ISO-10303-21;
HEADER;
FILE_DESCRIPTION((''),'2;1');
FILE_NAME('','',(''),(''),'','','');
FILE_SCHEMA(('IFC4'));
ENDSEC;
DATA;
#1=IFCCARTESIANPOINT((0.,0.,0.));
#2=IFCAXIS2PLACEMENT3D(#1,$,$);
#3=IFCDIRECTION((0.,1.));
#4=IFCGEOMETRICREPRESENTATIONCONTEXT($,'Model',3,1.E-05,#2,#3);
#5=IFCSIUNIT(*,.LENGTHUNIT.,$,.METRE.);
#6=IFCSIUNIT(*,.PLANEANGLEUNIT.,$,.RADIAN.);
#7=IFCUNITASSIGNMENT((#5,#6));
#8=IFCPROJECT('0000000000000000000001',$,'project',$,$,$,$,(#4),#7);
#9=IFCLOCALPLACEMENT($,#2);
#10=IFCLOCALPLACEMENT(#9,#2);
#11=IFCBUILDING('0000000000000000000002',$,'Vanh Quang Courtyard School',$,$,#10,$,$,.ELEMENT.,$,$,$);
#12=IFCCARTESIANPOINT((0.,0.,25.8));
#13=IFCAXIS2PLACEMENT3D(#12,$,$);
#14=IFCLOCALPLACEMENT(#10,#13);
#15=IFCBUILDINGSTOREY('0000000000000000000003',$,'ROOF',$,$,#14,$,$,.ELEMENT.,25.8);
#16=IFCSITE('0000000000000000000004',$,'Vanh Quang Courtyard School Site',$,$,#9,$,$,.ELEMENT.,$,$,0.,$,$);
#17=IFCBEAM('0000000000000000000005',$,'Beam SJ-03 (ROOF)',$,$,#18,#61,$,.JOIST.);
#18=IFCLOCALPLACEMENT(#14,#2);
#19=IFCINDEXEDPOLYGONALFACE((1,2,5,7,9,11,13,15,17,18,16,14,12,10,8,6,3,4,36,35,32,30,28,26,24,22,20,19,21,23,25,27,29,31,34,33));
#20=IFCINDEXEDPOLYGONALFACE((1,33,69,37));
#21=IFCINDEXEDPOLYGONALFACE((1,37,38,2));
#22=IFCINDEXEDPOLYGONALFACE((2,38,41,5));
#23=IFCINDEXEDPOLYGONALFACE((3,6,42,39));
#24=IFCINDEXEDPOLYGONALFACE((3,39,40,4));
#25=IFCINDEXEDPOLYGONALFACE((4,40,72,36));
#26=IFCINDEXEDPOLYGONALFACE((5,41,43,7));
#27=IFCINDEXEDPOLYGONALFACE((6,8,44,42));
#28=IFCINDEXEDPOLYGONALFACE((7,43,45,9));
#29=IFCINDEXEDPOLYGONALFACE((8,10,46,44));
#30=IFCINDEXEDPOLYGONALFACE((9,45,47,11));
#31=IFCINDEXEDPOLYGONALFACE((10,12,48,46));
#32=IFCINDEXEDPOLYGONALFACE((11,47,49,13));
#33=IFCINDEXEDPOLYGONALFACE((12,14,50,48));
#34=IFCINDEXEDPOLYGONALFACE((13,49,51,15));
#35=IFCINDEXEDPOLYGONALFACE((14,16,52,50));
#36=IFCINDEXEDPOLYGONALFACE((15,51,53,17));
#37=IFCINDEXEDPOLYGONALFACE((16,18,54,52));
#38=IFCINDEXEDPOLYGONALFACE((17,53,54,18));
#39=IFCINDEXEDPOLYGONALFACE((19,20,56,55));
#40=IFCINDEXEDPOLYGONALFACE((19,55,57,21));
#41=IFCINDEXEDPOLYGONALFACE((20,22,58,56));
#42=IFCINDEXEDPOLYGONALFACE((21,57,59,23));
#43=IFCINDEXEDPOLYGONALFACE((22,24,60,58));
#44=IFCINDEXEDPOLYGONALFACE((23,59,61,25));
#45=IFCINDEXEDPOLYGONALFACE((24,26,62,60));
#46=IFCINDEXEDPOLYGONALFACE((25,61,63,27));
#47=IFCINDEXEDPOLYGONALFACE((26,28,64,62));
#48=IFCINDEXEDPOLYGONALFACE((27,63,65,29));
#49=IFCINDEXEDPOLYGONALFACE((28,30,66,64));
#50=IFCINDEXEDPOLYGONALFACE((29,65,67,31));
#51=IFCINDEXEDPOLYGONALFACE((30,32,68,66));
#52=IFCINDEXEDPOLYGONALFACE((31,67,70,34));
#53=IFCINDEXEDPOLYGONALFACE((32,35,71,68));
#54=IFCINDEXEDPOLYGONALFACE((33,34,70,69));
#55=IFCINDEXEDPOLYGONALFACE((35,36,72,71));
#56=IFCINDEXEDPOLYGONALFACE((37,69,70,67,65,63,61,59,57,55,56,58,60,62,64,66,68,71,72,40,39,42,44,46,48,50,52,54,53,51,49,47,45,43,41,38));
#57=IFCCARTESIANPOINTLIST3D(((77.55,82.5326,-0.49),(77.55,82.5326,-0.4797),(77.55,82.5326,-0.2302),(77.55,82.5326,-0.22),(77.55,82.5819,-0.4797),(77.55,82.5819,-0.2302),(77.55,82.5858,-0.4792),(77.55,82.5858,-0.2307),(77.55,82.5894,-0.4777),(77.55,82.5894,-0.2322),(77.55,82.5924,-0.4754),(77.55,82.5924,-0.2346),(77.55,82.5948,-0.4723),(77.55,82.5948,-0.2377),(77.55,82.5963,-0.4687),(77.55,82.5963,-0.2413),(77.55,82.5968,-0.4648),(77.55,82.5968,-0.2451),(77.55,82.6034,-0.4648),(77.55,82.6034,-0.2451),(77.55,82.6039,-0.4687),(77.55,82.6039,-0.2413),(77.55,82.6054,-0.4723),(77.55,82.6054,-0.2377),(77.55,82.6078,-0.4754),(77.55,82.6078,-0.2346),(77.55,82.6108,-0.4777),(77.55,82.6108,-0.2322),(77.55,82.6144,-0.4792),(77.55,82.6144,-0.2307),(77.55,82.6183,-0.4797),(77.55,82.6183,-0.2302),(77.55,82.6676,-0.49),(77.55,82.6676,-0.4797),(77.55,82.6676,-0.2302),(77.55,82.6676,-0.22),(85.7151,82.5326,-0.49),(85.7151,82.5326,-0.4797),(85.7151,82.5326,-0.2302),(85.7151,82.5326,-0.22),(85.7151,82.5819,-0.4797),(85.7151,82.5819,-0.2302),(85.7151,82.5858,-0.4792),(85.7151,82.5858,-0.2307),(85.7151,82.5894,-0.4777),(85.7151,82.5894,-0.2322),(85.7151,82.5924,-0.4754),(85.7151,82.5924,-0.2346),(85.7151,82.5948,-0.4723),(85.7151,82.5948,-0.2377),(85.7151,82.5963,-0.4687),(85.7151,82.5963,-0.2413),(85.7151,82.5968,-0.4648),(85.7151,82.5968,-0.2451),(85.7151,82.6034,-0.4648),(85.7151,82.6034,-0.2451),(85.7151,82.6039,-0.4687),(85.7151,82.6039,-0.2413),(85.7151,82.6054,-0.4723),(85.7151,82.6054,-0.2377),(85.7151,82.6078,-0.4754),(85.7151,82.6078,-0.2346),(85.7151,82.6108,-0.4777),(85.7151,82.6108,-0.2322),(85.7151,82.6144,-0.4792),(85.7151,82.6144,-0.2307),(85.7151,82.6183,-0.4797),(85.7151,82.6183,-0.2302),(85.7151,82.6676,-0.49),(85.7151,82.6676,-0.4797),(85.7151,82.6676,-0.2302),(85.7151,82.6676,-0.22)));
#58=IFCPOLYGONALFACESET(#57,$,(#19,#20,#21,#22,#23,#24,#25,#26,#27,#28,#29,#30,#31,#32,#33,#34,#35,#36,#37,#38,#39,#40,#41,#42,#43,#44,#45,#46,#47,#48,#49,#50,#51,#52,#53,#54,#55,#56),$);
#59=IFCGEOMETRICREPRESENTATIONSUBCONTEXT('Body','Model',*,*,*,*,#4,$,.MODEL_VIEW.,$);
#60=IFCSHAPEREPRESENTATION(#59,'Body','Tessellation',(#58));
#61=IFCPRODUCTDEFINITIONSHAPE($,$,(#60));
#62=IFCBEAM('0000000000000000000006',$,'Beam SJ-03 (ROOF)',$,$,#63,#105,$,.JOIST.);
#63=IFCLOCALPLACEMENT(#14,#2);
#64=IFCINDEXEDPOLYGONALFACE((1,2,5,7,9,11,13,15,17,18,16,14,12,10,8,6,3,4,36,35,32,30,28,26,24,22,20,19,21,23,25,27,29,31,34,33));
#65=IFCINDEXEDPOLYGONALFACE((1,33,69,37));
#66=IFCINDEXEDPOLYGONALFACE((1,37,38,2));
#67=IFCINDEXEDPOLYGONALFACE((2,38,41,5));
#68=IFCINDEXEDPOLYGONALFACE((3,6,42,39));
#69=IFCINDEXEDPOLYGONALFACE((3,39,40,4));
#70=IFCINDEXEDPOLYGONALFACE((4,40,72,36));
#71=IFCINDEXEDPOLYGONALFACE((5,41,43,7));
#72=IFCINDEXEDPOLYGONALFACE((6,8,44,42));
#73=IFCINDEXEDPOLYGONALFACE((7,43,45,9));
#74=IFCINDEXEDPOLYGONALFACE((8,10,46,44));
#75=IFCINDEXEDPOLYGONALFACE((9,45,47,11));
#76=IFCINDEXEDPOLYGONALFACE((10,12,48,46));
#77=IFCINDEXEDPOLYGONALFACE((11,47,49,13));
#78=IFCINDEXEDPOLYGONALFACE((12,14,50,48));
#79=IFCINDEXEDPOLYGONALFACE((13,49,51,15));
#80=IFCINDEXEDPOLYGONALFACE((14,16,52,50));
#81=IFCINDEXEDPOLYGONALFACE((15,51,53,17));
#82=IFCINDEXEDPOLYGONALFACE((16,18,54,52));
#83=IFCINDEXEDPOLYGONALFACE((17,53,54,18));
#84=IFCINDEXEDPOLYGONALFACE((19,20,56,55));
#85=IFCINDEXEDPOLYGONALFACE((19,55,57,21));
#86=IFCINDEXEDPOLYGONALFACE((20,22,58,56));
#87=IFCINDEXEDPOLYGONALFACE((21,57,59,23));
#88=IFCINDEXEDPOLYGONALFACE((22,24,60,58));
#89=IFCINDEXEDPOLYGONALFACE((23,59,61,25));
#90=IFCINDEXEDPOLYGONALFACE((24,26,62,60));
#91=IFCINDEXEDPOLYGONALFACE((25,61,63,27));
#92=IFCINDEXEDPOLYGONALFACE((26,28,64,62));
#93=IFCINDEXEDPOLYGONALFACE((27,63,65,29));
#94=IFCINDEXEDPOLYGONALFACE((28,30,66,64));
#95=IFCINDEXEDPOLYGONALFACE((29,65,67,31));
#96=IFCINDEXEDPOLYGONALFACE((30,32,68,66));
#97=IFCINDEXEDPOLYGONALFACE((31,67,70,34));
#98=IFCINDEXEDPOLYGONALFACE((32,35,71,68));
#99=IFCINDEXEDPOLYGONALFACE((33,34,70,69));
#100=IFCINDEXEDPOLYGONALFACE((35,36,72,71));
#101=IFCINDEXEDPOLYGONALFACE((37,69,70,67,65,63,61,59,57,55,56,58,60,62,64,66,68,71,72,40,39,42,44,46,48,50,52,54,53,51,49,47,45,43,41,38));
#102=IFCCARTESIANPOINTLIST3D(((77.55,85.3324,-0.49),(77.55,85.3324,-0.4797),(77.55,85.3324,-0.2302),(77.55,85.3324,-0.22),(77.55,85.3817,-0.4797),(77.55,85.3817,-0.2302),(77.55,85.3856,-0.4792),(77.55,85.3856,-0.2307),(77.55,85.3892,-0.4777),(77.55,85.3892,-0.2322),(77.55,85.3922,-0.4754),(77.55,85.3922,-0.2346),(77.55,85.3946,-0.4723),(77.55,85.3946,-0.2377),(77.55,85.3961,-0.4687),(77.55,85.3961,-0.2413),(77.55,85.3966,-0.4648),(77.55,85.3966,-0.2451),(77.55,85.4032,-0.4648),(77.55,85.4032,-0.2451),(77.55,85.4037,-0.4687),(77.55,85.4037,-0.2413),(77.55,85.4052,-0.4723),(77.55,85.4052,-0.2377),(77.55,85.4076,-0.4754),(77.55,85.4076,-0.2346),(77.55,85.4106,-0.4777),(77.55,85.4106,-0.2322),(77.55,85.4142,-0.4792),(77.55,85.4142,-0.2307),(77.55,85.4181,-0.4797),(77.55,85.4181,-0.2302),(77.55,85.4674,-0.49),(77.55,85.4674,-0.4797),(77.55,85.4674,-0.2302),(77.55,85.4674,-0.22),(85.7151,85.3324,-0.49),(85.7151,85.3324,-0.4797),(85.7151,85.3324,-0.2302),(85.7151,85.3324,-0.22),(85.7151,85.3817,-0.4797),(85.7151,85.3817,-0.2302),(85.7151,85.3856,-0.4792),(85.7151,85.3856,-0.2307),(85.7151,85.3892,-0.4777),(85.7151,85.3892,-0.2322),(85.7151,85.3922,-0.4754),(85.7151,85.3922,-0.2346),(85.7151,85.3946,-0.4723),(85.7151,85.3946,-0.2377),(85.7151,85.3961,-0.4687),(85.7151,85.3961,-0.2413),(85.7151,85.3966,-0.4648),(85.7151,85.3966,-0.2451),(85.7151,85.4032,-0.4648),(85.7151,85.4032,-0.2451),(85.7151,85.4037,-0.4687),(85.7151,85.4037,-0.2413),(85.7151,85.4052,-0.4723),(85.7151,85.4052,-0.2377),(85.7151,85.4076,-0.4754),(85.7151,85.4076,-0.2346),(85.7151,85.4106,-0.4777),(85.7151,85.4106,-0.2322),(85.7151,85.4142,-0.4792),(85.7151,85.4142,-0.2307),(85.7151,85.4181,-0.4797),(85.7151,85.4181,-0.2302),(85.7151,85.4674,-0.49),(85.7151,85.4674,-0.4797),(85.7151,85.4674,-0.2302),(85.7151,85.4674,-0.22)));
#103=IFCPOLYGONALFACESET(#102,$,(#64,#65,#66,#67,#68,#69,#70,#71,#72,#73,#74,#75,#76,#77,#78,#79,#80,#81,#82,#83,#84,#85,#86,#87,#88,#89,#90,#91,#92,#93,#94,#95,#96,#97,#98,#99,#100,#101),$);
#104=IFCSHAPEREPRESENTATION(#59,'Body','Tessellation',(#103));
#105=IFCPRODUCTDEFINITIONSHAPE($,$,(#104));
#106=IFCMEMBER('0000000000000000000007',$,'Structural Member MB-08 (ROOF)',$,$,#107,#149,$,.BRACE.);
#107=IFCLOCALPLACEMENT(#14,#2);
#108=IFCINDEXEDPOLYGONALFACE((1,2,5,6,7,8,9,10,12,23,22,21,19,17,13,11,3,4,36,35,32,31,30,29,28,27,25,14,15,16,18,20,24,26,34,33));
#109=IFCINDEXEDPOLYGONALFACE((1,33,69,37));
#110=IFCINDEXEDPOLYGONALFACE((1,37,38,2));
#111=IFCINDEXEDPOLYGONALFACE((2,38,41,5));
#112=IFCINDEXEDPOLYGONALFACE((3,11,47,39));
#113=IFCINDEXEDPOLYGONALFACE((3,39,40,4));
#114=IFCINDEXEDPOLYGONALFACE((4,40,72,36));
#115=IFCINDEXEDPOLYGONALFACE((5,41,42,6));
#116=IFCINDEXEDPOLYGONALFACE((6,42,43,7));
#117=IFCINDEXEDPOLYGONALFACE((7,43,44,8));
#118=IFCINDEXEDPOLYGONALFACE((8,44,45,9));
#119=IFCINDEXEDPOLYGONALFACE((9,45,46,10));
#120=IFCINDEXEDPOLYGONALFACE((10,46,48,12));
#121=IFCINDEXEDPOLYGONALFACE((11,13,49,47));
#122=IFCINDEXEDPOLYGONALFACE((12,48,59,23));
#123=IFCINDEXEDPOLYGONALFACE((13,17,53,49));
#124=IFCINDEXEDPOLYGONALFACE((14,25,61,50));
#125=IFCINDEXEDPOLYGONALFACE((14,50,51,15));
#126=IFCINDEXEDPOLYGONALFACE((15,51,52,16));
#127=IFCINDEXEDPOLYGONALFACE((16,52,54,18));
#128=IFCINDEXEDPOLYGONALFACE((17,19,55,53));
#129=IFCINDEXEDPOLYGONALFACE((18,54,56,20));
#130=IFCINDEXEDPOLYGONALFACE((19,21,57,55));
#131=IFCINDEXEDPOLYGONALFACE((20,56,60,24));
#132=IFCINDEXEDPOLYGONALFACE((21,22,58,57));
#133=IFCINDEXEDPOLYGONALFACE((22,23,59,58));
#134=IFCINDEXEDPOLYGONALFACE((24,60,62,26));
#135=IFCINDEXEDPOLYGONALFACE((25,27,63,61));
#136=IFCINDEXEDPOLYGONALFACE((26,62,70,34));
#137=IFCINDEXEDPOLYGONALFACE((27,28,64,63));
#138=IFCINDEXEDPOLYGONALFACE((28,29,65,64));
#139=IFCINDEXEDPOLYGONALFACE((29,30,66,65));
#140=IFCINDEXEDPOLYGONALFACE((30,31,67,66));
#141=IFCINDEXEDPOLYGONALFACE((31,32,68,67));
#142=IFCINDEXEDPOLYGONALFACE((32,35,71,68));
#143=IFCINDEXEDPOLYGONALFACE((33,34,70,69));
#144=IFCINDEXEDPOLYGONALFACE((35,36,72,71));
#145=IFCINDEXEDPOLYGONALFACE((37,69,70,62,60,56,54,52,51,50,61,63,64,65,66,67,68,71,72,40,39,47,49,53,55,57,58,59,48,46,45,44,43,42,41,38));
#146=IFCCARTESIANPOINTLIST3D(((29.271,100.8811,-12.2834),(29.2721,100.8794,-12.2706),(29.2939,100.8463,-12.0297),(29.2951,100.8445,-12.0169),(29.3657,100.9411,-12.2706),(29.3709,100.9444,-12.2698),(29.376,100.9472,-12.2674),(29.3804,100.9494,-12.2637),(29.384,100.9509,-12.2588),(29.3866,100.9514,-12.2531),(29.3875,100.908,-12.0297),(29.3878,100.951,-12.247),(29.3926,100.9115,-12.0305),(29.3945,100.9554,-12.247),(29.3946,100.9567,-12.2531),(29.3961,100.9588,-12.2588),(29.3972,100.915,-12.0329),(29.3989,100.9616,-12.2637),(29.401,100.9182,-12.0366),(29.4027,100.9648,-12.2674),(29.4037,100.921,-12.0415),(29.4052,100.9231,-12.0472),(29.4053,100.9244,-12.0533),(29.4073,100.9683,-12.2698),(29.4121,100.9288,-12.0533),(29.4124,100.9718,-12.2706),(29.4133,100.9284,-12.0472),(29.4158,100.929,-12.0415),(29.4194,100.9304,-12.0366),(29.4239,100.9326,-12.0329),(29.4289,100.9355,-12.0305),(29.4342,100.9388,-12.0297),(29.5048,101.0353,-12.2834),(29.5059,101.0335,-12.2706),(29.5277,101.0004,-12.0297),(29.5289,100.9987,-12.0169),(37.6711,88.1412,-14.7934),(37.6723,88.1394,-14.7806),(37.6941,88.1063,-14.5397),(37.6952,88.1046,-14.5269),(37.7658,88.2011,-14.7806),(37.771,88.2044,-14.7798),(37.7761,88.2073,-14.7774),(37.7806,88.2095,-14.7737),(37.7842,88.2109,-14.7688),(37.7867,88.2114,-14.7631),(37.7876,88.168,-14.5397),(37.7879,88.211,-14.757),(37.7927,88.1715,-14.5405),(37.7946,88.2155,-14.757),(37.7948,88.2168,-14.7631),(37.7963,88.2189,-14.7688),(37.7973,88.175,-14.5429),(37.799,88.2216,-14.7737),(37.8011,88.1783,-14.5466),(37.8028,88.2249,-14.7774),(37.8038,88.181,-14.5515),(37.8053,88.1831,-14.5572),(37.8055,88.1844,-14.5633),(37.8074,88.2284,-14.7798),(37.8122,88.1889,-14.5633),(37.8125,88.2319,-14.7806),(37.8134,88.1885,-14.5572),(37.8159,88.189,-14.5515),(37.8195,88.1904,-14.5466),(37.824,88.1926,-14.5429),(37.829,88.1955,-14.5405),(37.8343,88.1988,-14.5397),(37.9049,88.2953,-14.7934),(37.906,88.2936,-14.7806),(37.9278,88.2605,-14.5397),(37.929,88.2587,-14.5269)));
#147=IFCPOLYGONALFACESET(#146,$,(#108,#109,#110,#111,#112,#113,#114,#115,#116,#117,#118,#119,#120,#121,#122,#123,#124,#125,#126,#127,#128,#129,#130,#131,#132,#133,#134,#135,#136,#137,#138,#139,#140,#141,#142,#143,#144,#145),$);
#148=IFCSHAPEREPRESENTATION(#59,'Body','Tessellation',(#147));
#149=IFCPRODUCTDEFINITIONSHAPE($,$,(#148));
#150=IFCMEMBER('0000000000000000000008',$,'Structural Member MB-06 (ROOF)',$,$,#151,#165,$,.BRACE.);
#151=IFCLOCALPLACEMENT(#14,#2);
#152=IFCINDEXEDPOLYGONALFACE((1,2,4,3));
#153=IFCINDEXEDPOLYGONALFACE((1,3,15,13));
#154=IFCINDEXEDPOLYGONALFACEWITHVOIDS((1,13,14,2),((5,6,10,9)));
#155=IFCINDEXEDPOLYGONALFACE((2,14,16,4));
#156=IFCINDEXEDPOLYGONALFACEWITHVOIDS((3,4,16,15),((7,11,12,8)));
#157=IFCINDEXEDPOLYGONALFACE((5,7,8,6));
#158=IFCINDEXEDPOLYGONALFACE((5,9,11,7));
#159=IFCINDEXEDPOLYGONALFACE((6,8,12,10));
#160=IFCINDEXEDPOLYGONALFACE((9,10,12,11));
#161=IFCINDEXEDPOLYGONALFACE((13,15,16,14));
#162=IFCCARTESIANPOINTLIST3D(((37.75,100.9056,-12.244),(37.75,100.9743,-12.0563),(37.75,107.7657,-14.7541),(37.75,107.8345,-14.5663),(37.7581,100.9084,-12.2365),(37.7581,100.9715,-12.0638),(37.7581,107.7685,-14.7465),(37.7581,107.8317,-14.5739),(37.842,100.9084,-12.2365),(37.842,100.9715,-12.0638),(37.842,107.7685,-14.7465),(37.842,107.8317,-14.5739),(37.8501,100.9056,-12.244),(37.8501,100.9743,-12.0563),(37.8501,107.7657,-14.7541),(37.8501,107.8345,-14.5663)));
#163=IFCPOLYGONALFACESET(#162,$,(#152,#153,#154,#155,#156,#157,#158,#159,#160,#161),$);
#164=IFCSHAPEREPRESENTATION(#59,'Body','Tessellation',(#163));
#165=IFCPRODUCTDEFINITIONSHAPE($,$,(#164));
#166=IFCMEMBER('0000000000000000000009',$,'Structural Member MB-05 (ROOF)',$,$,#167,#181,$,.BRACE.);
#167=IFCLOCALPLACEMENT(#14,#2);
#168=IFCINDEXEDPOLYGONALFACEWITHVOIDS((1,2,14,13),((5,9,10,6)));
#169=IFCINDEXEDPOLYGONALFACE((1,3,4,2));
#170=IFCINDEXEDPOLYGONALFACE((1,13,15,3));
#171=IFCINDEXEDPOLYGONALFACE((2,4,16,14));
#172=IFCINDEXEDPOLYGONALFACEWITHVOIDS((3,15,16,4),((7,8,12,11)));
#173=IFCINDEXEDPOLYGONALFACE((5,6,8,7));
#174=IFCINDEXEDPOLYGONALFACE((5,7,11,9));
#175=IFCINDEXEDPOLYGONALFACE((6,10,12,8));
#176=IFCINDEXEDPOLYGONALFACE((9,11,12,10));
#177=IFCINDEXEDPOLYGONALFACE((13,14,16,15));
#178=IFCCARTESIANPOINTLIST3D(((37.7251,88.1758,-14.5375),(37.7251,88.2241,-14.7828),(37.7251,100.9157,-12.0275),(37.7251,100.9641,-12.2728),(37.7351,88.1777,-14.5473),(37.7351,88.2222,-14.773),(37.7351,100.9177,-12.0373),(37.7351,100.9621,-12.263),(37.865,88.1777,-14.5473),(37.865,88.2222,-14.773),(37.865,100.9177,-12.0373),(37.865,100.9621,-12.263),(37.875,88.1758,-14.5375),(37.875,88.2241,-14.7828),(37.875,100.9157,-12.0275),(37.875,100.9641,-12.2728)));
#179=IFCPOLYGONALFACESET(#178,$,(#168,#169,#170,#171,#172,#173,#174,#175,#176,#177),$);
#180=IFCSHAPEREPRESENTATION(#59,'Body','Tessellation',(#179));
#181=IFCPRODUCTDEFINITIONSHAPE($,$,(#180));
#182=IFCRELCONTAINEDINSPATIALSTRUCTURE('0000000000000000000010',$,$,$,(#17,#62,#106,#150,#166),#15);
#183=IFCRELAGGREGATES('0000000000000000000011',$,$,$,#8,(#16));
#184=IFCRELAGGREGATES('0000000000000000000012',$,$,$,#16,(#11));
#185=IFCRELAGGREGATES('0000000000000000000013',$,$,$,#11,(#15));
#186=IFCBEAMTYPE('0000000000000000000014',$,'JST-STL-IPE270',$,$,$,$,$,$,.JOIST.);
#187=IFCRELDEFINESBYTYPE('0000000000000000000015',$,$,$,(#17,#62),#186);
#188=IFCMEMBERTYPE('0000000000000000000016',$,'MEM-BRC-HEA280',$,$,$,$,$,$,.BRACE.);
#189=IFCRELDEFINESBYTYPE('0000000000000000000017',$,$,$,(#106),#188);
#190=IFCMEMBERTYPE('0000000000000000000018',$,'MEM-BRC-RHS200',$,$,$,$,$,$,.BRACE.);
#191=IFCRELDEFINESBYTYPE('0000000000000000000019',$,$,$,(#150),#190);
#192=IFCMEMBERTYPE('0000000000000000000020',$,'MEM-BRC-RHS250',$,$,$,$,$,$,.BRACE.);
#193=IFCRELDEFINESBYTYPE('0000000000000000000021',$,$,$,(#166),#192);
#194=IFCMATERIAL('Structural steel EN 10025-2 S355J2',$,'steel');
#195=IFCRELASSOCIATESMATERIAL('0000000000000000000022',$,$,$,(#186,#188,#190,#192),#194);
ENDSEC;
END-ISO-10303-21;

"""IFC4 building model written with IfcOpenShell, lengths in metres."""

from ifc_helpers import new_model, si_unit, direction, frame, origin, origin_2d, place, context, subcontext, project, spatial, hollow_rectangle, i_section, extrude, material, material_profile, profile_set, type_object, element, save


model = new_model("IFC4")

# Units and contexts
model_context = context("Model", 3, precision=1e-05, world=origin(), true_north=direction((0.0, 1.0)))
body_context = subcontext(model_context, "Body", "Model", "MODEL_VIEW")
ifc_project = project(units=[si_unit("LENGTHUNIT", "METRE"), si_unit("PLANEANGLEUNIT", "RADIAN")], contexts=[model_context])

# Site, building, storey
site_placement = place(None, origin())
site = spatial("IfcSite", under=ifc_project, at=site_placement, Name="Vanh Quang Courtyard School Site", CompositionType="ELEMENT", RefElevation=0.0)
building_placement = place(site_placement, origin())
building = spatial("IfcBuilding", under=site, at=building_placement, Name="Vanh Quang Courtyard School", CompositionType="ELEMENT")
storey_placement = place(building_placement, frame((0.0, 0.0, 25.8)))
storey = spatial("IfcBuildingStorey", under=building, at=storey_placement, Name="ROOF", CompositionType="ELEMENT", Elevation=25.8)

# Beams
ifc_material_1 = material(Name="Structural steel EN 10025-2 S355J2", Category="steel")
ifc_material_profile_1 = material_profile(ifc_material_1, i_section(OverallWidth=0.135, OverallDepth=0.27, WebThickness=0.0066, FlangeThickness=0.0103, FilletRadius=0.0149, at=origin_2d()), Name="IPE 270")
ifc_profile_set_1 = profile_set([ifc_material_profile_1], Name="Structural steel EN 10025-2 S355J2")
beam_type_1 = type_object("IfcBeamType", Name="JST-STL-IPE270", PredefinedType="JOIST", material=ifc_profile_set_1)
for number, where, z_axis, x_axis, name in (
    (1, (77.55, 82.6001, -0.355), (1.0, 0.0, 0.0), (0.0, 1.0, 0.0), "Beam SJ-03 (ROOF)"),
    (2, (77.55, 85.3999, -0.355), (1.0, 0.0, 0.0), (0.0, 1.0, 0.0), "Beam SJ-03 (ROOF)"),
):
    element("IfcBeam", number, at=place(storey_placement, frame(where, z_axis=z_axis, x_axis=x_axis)), inside=storey, type_object=beam_type_1, Name=name, PredefinedType="JOIST", context=body_context, shape_type="SweptSolid", body=[
        extrude(i_section(OverallWidth=0.135, OverallDepth=0.27, WebThickness=0.0066, FlangeThickness=0.0103, FilletRadius=0.0149, at=origin_2d()), origin(), (0.0, 0.0, 1.0), 8.165),
    ])

# Members
ifc_material_profile_2 = material_profile(ifc_material_1, i_section(OverallWidth=0.28, OverallDepth=0.27, WebThickness=0.0081, FlangeThickness=0.0129, FilletRadius=0.0239, at=origin_2d()), Name="HEA 280")
ifc_profile_set_2 = profile_set([ifc_material_profile_2], Name="Structural steel EN 10025-2 S355J2")
member_type_1 = type_object("IfcMemberType", Name="MEM-BRC-HEA280", PredefinedType="BRACE", material=ifc_profile_set_2)
member_1_placement = place(storey_placement, frame((37.8, 88.2, -14.6602), z_axis=(-0.543167, 0.823789, 0.162301), x_axis=(-0.834858, -0.550466, 0.0)))
element("IfcMember", 3, at=member_1_placement, inside=storey, type_object=member_type_1, Name="Structural Member MB-08 (ROOF)", PredefinedType="BRACE", context=body_context, shape_type="SweptSolid", body=[
    extrude(i_section(OverallWidth=0.28, OverallDepth=0.27, WebThickness=0.0081, FlangeThickness=0.0129, FilletRadius=0.0239, at=origin_2d()), origin(), (0.0, 0.0, 1.0), 15.4651),
])
ifc_material_profile_3 = material_profile(ifc_material_1, hollow_rectangle(XDim=0.1001, YDim=0.2, WallThickness=0.0081, at=origin_2d()), Name="RHS 200x100x8")
ifc_profile_set_3 = profile_set([ifc_material_profile_3], Name="Structural steel EN 10025-2 S355J2")
member_type_2 = type_object("IfcMemberType", Name="MEM-BRC-RHS200", PredefinedType="BRACE", material=ifc_profile_set_3)
member_2_placement = place(storey_placement, frame((37.8, 100.9399, -12.1501), z_axis=(0.0, 0.939113, -0.343607), x_axis=(-1.0, 0.0, 0.0)))
element("IfcMember", 4, at=member_2_placement, inside=storey, type_object=member_type_2, Name="Structural Member MB-06 (ROOF)", PredefinedType="BRACE", context=body_context, shape_type="SweptSolid", body=[
    extrude(hollow_rectangle(XDim=0.1001, YDim=0.2, WallThickness=0.0081, at=origin_2d()), origin(), (0.0, 0.0, 1.0), 7.3049),
])
ifc_material_profile_4 = material_profile(ifc_material_1, hollow_rectangle(XDim=0.1499, YDim=0.25, WallThickness=0.01, at=origin_2d()), Name="RHS 250x150x10")
ifc_profile_set_4 = profile_set([ifc_material_profile_4], Name="Structural steel EN 10025-2 S355J2")
member_type_3 = type_object("IfcMemberType", Name="MEM-BRC-RHS250", PredefinedType="BRACE", material=ifc_profile_set_4)
member_3_placement = place(storey_placement, frame((37.8, 88.2, -14.6602), z_axis=(0.0, 0.981139, 0.193302), x_axis=(-1.0, 0.0, 0.0)))
element("IfcMember", 5, at=member_3_placement, inside=storey, type_object=member_type_3, Name="Structural Member MB-05 (ROOF)", PredefinedType="BRACE", context=body_context, shape_type="SweptSolid", body=[
    extrude(hollow_rectangle(XDim=0.1499, YDim=0.25, WallThickness=0.01, at=origin_2d()), origin(), (0.0, 0.0, 1.0), 12.9849),
])

save(model, "model.ifc")
